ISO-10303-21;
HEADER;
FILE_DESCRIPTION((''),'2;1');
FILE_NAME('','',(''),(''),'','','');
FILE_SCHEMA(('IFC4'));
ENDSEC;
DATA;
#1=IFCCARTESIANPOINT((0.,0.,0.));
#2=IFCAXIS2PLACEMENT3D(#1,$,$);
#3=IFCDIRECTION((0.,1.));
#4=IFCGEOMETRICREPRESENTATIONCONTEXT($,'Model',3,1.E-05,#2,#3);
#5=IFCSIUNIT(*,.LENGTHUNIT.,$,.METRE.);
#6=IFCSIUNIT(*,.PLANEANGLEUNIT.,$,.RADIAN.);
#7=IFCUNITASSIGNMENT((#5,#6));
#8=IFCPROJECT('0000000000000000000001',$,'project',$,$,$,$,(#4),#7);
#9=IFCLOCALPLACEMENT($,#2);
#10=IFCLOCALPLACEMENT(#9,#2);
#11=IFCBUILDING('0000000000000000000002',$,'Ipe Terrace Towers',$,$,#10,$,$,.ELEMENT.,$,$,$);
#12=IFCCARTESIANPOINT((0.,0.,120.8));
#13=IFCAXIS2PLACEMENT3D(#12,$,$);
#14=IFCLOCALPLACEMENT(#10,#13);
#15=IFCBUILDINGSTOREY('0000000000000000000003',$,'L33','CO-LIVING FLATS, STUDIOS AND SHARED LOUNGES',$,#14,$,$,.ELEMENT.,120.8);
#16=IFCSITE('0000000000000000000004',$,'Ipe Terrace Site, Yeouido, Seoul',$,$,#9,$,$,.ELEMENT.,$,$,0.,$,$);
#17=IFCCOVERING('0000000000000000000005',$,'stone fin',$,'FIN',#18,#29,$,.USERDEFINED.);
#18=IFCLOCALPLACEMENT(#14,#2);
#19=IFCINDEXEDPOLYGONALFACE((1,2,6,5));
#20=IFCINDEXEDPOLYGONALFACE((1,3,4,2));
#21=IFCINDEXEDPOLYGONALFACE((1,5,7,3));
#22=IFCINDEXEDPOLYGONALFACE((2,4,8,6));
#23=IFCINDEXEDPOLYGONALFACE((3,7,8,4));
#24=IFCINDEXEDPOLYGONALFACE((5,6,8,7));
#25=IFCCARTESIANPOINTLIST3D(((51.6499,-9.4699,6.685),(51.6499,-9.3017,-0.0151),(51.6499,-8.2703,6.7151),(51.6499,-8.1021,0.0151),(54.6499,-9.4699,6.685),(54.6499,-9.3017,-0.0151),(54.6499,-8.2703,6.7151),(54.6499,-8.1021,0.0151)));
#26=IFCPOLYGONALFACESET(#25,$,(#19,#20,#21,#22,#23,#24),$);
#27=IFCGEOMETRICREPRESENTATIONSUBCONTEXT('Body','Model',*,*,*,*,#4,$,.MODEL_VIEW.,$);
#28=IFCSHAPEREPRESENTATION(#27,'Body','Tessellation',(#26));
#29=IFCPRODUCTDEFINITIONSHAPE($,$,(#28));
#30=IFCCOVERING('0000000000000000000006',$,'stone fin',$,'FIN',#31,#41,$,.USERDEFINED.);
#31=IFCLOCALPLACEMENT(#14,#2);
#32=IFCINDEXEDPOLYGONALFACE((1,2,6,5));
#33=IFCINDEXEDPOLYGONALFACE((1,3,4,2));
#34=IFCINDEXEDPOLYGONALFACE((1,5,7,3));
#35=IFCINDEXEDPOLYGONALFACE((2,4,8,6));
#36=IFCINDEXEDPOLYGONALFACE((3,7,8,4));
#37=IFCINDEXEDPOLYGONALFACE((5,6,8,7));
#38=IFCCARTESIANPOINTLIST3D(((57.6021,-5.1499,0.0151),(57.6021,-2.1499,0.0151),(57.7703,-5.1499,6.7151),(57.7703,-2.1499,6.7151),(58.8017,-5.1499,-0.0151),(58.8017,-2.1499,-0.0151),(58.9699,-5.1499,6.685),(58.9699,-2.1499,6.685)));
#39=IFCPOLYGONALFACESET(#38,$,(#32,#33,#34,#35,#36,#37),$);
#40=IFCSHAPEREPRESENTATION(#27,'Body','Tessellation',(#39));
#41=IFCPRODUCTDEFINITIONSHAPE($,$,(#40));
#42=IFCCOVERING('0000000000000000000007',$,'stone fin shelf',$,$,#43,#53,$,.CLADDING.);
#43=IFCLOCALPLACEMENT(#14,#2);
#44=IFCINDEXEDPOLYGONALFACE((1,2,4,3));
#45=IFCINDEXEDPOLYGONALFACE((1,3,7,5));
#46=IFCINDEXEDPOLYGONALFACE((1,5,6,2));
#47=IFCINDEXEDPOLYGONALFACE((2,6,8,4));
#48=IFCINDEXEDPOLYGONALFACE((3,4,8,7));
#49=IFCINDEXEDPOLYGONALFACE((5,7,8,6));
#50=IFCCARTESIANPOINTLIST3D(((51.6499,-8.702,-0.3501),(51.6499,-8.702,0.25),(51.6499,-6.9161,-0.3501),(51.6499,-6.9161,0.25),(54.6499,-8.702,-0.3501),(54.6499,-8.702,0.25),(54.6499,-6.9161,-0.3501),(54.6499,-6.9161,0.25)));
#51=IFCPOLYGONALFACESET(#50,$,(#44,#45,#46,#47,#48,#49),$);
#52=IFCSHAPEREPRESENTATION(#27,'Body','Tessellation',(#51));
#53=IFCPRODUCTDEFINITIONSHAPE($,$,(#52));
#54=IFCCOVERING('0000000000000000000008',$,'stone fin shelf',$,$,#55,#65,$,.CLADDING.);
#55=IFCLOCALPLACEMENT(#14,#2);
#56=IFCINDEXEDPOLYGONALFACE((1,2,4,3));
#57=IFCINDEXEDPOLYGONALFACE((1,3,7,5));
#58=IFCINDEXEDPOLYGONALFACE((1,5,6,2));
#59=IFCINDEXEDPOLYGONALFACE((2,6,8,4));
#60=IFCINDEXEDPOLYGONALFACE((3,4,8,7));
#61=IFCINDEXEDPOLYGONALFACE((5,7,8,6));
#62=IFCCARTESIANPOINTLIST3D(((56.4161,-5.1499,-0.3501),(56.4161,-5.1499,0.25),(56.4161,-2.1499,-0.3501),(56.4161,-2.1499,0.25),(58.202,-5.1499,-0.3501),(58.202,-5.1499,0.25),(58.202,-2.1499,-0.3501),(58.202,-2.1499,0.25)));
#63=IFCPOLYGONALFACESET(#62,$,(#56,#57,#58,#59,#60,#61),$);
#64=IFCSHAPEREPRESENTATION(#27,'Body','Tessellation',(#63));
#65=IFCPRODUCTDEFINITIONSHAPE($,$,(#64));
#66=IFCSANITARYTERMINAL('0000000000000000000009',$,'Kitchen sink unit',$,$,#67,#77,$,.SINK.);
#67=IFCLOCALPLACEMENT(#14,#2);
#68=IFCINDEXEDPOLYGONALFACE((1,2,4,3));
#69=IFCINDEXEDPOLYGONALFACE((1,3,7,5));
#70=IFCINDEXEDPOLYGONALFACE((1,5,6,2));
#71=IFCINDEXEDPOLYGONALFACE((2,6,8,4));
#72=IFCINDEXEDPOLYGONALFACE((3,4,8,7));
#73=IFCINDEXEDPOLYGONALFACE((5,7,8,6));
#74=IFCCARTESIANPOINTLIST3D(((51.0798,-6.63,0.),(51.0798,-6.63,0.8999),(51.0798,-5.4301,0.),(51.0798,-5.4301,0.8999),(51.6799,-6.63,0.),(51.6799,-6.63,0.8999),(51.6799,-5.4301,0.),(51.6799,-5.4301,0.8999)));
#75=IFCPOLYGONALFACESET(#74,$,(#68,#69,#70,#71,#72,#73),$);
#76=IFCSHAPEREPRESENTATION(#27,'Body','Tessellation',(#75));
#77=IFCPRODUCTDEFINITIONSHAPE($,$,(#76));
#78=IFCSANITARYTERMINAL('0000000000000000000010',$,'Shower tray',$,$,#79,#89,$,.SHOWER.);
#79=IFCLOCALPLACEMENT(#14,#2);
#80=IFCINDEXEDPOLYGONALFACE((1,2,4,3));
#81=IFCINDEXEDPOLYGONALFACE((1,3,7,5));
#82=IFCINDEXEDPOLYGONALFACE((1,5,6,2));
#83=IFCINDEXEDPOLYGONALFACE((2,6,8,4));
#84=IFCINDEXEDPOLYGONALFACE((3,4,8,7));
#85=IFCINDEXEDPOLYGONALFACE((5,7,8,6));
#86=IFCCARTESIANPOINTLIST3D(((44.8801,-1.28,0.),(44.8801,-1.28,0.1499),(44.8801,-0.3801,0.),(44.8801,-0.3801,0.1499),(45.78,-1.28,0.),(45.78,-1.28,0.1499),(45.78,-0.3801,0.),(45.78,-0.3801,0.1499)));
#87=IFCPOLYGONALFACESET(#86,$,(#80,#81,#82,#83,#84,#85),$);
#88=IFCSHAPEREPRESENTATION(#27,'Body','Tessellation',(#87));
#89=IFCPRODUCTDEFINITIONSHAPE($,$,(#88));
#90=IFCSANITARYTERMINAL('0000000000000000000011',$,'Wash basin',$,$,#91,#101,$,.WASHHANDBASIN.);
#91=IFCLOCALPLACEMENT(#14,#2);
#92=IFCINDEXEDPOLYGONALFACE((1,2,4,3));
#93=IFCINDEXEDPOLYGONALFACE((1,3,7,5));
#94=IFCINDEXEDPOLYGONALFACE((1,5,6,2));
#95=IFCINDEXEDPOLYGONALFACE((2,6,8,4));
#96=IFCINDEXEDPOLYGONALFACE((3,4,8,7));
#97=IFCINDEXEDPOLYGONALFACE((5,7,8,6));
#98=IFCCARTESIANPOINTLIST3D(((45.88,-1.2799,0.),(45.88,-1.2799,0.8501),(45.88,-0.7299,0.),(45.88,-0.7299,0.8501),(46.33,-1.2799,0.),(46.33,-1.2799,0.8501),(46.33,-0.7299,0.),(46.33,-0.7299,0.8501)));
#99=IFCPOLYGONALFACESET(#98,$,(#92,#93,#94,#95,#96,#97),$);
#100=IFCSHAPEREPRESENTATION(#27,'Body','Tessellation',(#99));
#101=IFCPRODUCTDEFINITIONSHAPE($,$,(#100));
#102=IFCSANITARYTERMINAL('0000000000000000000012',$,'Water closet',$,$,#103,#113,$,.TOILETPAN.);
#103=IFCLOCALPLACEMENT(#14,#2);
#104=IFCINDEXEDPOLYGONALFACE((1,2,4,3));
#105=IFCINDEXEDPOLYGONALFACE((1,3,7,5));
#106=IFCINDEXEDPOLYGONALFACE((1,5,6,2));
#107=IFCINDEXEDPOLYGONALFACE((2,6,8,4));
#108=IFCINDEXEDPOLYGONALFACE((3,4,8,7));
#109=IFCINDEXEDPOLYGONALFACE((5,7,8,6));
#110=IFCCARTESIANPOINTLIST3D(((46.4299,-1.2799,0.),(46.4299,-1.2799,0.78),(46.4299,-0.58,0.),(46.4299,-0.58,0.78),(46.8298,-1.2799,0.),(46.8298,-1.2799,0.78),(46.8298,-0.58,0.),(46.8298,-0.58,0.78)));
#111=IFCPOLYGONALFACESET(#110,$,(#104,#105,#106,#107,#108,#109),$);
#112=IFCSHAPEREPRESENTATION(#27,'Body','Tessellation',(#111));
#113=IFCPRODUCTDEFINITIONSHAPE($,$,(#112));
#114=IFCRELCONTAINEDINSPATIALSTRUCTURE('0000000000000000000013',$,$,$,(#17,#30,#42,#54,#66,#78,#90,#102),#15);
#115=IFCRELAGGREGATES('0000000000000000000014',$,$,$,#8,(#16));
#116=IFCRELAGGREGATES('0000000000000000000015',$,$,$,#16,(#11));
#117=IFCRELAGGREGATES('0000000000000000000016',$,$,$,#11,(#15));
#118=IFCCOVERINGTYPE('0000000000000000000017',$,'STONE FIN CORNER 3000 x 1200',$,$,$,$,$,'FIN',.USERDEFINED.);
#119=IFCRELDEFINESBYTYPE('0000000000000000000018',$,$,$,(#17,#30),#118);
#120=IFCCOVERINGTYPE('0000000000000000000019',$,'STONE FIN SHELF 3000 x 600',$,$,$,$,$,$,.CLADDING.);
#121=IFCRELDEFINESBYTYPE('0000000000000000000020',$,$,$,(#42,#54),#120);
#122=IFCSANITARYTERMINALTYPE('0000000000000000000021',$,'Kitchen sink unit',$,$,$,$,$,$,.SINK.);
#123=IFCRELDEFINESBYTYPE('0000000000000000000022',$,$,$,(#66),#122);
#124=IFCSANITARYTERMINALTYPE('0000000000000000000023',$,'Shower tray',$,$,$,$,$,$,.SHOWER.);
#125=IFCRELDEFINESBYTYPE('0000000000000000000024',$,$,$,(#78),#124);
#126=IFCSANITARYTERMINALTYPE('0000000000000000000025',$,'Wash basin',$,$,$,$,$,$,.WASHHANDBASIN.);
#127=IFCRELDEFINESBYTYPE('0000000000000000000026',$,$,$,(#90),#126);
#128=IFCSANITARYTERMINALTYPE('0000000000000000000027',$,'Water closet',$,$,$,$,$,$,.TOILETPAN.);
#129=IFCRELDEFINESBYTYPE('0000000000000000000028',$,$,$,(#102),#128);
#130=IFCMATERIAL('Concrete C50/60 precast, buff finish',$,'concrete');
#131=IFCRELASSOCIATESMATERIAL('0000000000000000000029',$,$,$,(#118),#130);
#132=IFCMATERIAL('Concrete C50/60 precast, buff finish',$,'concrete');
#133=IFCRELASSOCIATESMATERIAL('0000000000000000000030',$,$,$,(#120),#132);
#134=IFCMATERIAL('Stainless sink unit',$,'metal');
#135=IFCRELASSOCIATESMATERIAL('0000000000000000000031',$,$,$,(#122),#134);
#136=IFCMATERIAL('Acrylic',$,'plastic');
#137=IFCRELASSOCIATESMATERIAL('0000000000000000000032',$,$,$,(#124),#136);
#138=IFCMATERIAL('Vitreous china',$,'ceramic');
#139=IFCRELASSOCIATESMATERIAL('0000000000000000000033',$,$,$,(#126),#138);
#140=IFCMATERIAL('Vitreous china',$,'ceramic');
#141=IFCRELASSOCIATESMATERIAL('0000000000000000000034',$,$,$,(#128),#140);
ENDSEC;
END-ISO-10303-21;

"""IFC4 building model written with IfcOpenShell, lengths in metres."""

from ifc_helpers import new_model, si_unit, direction, frame, origin, origin_2d, place, context, subcontext, project, spatial, rectangle, extrude, material, material_profile, profile_set, type_object, element, save


model = new_model("IFC4")

# Units and contexts
model_context = context("Model", 3, precision=1e-05, world=origin(), true_north=direction((0.0, 1.0)))
body_context = subcontext(model_context, "Body", "Model", "MODEL_VIEW")
ifc_project = project(units=[si_unit("LENGTHUNIT", "METRE"), si_unit("PLANEANGLEUNIT", "RADIAN")], contexts=[model_context])

# Site, building, storey
site_placement = place(None, origin())
site = spatial("IfcSite", under=ifc_project, at=site_placement, Name="Ipe Terrace Site, Yeouido, Seoul", CompositionType="ELEMENT", RefElevation=0.0)
building_placement = place(site_placement, origin())
building = spatial("IfcBuilding", under=site, at=building_placement, Name="Ipe Terrace Towers", CompositionType="ELEMENT")
storey_placement = place(building_placement, frame((0.0, 0.0, 120.8)))
storey = spatial("IfcBuildingStorey", under=building, at=storey_placement, Name="L33", Description="CO-LIVING FLATS, STUDIOS AND SHARED LOUNGES", CompositionType="ELEMENT", Elevation=120.8)

# Coverings
ifc_material_1 = material(Name="Concrete C50/60 precast, buff finish", Category="concrete")
ifc_material_profile_1 = material_profile(ifc_material_1, rectangle(XDim=3.0, YDim=1.2, at=origin_2d()), Name="STONE FIN CORNER 3000 x 1200")
ifc_profile_set_1 = profile_set([ifc_material_profile_1], Name="Concrete C50/60 precast, buff finish")
covering_type_1 = type_object("IfcCoveringType", Name="STONE FIN CORNER 3000 x 1200", ElementType="FIN", PredefinedType="USERDEFINED", material=ifc_profile_set_1)
for number, where, z_axis, x_axis, name in (
    (1, (53.1499, -8.7019, 0.0), (0.0, -0.025099, 0.999685), (1.0, 0.0, 0.0), "stone fin"),
    (2, (58.2019, -3.6499, 0.0), (0.025099, 0.0, 0.999685), (0.0, 1.0, 0.0), "stone fin"),
):
    element("IfcCovering", number, at=place(storey_placement, frame(where, z_axis=z_axis, x_axis=x_axis)), inside=storey, type_object=covering_type_1, Name=name, ObjectType="FIN", PredefinedType="USERDEFINED", context=body_context, shape_type="SweptSolid", body=[
        extrude(rectangle(XDim=3.0, YDim=1.2, at=origin_2d()), origin(), (0.0, 0.0, 1.0), 6.7021),
    ])
ifc_material_2 = material(Name="Concrete C50/60 precast, buff finish", Category="concrete")
covering_type_2 = type_object("IfcCoveringType", Name="STONE FIN SHELF 3000 x 600", PredefinedType="CLADDING", material=ifc_material_2)
for number, where, z_axis, x_axis, name in (
    (3, (53.1499, -7.8091, -0.3501), (0.0, 0.0, 1.0), (1.0, 0.0, 0.0), "stone fin shelf"),
    (4, (57.3091, -3.6499, -0.3501), (0.0, 0.0, 1.0), (0.0, 1.0, 0.0), "stone fin shelf"),
):
    element("IfcCovering", number, at=place(storey_placement, frame(where, z_axis=z_axis, x_axis=x_axis)), inside=storey, type_object=covering_type_2, Name=name, PredefinedType="CLADDING", context=body_context, shape_type="SweptSolid", body=[
        extrude(rectangle(XDim=3.0, YDim=1.7859, at=origin_2d()), origin(), (0.0, 0.0, 1.0), 0.6001),
    ])

# Sanitary terminals
ifc_material_3 = material(Name="Stainless sink unit", Category="metal")
sanitary_terminal_type_1 = type_object("IfcSanitaryTerminalType", Name="Kitchen sink unit", PredefinedType="SINK", material=ifc_material_3)
sanitary_terminal_1_placement = place(storey_placement, frame((51.3799, -6.03, 0.0), z_axis=(0.0, 0.0, 1.0), x_axis=(0.0, -1.0, 0.0)))
element("IfcSanitaryTerminal", 5, at=sanitary_terminal_1_placement, inside=storey, type_object=sanitary_terminal_type_1, Name="Kitchen sink unit", PredefinedType="SINK", context=body_context, shape_type="SweptSolid", body=[
    extrude(rectangle(XDim=1.2, YDim=0.6001, at=origin_2d()), origin(), (0.0, 0.0, 1.0), 0.8999),
])
ifc_material_4 = material(Name="Acrylic", Category="plastic")
sanitary_terminal_type_2 = type_object("IfcSanitaryTerminalType", Name="Shower tray", PredefinedType="SHOWER", material=ifc_material_4)
sanitary_terminal_2_placement = place(storey_placement, frame((45.3301, -0.8301, 0.0), z_axis=(0.0, 0.0, 1.0), x_axis=(0.0, 1.0, 0.0)))
element("IfcSanitaryTerminal", 6, at=sanitary_terminal_2_placement, inside=storey, type_object=sanitary_terminal_type_2, Name="Shower tray", PredefinedType="SHOWER", context=body_context, shape_type="SweptSolid", body=[
    extrude(rectangle(XDim=0.8999, YDim=0.8999, at=origin_2d()), origin(), (0.0, 0.0, 1.0), 0.1499),
])
ifc_material_5 = material(Name="Vitreous china", Category="ceramic")
sanitary_terminal_type_3 = type_object("IfcSanitaryTerminalType", Name="Wash basin", PredefinedType="WASHHANDBASIN", material=ifc_material_5)
sanitary_terminal_3_placement = place(storey_placement, frame((46.105, -1.0049, 0.0), z_axis=(0.0, 0.0, 1.0), x_axis=(0.0, 1.0, 0.0)))
element("IfcSanitaryTerminal", 7, at=sanitary_terminal_3_placement, inside=storey, type_object=sanitary_terminal_type_3, Name="Wash basin", PredefinedType="WASHHANDBASIN", context=body_context, shape_type="SweptSolid", body=[
    extrude(rectangle(XDim=0.55, YDim=0.45, at=origin_2d()), origin(), (0.0, 0.0, 1.0), 0.8501),
])
ifc_material_6 = material(Name="Vitreous china", Category="ceramic")
sanitary_terminal_type_4 = type_object("IfcSanitaryTerminalType", Name="Water closet", PredefinedType="TOILETPAN", material=ifc_material_6)
sanitary_terminal_4_placement = place(storey_placement, frame((46.6299, -0.9299, 0.0), z_axis=(0.0, 0.0, 1.0), x_axis=(0.0, 1.0, 0.0)))
element("IfcSanitaryTerminal", 8, at=sanitary_terminal_4_placement, inside=storey, type_object=sanitary_terminal_type_4, Name="Water closet", PredefinedType="TOILETPAN", context=body_context, shape_type="SweptSolid", body=[
    extrude(rectangle(XDim=0.7, YDim=0.3999, at=origin_2d()), origin(), (0.0, 0.0, 1.0), 0.78),
])

save(model, "model.ifc")
